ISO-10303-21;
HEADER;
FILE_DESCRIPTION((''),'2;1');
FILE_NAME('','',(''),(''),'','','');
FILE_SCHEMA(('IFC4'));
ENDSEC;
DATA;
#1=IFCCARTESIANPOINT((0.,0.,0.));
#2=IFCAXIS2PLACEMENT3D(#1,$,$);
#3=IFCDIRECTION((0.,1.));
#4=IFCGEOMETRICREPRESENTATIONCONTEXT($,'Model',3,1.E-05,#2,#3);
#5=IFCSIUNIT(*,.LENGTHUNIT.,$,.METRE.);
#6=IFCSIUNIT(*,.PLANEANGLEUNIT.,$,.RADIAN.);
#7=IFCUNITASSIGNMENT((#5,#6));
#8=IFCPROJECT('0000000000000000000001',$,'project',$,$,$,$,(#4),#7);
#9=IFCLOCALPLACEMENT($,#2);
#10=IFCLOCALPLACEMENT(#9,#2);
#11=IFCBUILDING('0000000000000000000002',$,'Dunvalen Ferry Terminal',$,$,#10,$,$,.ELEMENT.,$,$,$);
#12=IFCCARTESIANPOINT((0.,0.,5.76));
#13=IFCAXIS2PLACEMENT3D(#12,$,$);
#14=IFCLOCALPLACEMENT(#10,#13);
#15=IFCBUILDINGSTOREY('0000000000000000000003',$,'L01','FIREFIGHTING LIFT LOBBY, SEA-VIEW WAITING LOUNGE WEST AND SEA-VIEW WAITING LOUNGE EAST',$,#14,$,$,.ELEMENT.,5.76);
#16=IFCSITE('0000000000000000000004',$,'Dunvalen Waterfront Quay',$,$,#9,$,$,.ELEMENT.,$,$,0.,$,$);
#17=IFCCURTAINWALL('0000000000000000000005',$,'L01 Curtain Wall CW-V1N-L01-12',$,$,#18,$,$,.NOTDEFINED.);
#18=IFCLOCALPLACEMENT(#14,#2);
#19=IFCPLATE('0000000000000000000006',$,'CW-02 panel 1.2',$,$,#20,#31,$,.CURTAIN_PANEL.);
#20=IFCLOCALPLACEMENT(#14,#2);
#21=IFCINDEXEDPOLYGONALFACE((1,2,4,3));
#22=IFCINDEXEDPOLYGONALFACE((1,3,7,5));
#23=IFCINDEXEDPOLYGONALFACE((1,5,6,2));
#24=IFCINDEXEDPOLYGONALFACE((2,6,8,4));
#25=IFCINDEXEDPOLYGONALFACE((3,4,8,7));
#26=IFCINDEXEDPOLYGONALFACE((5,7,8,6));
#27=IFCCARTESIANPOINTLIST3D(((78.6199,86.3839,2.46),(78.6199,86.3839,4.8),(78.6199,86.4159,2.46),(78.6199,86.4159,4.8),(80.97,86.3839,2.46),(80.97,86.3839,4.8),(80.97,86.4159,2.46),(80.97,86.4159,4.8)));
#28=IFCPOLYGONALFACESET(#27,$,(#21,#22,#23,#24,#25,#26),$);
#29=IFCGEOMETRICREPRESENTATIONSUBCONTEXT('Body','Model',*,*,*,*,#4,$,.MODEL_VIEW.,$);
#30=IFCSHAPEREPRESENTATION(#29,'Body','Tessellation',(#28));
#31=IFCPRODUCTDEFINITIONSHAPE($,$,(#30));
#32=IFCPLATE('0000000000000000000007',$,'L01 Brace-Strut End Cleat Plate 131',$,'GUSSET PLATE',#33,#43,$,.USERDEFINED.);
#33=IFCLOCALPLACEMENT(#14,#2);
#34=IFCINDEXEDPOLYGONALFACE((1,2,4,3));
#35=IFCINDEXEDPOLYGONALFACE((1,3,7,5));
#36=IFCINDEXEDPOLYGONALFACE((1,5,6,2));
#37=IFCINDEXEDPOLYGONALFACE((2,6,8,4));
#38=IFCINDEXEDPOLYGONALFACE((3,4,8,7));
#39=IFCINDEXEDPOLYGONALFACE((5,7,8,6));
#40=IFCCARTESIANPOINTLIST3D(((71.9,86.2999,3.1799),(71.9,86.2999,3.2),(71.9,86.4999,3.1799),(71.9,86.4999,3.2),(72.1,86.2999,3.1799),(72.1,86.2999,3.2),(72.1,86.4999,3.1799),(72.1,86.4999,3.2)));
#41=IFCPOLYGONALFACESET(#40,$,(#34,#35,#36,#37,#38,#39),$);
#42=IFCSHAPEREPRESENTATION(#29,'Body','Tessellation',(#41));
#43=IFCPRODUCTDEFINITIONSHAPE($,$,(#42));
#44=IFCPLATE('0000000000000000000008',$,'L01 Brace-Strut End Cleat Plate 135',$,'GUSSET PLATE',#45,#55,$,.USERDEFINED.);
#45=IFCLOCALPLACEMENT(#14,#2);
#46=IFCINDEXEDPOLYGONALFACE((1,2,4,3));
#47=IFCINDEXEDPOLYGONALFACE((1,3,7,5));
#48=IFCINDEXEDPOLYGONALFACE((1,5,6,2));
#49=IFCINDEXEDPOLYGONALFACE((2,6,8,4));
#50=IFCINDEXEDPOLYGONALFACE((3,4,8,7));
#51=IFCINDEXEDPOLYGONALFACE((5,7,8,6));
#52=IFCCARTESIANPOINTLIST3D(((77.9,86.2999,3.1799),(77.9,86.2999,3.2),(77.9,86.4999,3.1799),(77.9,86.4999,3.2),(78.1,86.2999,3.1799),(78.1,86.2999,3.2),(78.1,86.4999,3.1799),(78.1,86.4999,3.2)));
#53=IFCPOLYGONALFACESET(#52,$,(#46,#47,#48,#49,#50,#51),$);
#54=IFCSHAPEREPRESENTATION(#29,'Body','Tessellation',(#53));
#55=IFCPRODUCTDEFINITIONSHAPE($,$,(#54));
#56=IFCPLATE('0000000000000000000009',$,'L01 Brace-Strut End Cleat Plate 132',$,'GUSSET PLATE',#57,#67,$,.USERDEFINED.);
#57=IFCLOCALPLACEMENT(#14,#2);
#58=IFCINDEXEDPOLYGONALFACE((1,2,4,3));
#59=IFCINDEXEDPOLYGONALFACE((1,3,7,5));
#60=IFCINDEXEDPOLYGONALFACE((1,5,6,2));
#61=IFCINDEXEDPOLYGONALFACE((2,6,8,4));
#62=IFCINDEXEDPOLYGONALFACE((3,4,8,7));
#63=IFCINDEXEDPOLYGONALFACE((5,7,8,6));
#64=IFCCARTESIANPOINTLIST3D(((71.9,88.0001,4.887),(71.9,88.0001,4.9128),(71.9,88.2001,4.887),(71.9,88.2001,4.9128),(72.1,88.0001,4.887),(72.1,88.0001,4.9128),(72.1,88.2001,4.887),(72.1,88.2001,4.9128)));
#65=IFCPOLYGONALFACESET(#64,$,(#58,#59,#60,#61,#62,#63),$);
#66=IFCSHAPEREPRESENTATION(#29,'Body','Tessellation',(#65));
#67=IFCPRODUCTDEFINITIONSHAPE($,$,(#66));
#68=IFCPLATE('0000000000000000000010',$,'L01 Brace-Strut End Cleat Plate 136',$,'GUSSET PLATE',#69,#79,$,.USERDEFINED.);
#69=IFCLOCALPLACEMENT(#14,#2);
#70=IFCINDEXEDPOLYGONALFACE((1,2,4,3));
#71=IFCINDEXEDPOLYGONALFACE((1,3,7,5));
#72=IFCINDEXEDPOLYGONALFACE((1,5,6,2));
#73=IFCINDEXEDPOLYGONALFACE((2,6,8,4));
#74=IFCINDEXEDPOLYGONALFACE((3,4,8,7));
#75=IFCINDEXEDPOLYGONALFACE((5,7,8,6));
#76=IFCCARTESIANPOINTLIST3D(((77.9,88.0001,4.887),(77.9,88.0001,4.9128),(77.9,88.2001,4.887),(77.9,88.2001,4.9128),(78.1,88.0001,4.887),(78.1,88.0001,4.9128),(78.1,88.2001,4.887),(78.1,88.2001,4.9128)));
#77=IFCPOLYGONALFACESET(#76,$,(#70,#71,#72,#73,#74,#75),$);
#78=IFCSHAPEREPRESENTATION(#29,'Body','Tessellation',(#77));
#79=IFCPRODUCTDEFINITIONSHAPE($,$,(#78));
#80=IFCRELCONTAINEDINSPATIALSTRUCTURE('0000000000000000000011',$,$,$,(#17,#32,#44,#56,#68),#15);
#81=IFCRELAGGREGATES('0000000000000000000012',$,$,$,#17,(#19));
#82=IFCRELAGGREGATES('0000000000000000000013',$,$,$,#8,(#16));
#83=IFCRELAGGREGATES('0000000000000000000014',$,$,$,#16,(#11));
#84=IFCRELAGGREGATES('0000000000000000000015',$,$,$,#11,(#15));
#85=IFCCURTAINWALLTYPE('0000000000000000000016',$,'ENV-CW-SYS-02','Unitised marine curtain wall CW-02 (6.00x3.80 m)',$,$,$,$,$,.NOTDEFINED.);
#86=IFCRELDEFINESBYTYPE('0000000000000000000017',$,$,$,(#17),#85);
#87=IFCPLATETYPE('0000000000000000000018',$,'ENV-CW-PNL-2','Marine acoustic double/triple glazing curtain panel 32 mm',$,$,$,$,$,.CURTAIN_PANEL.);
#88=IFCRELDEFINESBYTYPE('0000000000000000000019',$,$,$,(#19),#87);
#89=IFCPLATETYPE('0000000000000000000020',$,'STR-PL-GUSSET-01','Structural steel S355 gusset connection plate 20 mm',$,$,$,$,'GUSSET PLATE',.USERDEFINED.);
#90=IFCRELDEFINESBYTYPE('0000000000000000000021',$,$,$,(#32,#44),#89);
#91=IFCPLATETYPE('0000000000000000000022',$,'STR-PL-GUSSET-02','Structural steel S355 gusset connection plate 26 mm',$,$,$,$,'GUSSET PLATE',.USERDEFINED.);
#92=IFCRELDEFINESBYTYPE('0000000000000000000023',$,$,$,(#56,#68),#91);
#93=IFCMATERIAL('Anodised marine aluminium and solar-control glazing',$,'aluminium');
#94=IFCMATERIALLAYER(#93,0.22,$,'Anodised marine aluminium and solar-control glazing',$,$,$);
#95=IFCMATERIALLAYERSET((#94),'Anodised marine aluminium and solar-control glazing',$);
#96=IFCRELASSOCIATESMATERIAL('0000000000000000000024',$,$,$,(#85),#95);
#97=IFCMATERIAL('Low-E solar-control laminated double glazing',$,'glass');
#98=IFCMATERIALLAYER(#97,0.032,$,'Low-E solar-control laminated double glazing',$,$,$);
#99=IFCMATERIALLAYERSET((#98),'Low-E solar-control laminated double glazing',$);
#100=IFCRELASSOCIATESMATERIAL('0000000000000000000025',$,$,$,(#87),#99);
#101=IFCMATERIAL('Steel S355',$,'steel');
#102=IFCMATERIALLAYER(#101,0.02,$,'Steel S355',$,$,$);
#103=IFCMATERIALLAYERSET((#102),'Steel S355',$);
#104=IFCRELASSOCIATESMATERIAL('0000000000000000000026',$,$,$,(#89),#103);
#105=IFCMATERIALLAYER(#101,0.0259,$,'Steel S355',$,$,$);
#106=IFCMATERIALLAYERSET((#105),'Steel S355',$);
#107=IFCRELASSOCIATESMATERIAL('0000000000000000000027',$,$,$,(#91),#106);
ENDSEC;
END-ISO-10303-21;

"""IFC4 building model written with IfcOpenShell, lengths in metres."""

from ifc_helpers import new_model, si_unit, direction, frame, origin, origin_2d, place, context, subcontext, project, spatial, rectangle, extrude, material, layer, layer_set, type_object, element, aggregate, save


model = new_model("IFC4")

# Units and contexts
model_context = context("Model", 3, precision=1e-05, world=origin(), true_north=direction((0.0, 1.0)))
body_context = subcontext(model_context, "Body", "Model", "MODEL_VIEW")
ifc_project = project(units=[si_unit("LENGTHUNIT", "METRE"), si_unit("PLANEANGLEUNIT", "RADIAN")], contexts=[model_context])

# Site, building, storey
site_placement = place(None, origin())
site = spatial("IfcSite", under=ifc_project, at=site_placement, Name="Dunvalen Waterfront Quay", CompositionType="ELEMENT", RefElevation=0.0)
building_placement = place(site_placement, origin())
building = spatial("IfcBuilding", under=site, at=building_placement, Name="Dunvalen Ferry Terminal", CompositionType="ELEMENT")
storey_placement = place(building_placement, frame((0.0, 0.0, 5.76)))
storey = spatial("IfcBuildingStorey", under=building, at=storey_placement, Name="L01", Description="FIREFIGHTING LIFT LOBBY, SEA-VIEW WAITING LOUNGE WEST AND SEA-VIEW WAITING LOUNGE EAST", CompositionType="ELEMENT", Elevation=5.76)

# Curtain wall
ifc_material_1 = material(Name="Anodised marine aluminium and solar-control glazing", Category="aluminium")
ifc_layer_1 = layer(ifc_material_1, 0.22, Name="Anodised marine aluminium and solar-control glazing")
ifc_layer_set_1 = layer_set([ifc_layer_1], Name="Anodised marine aluminium and solar-control glazing")
curtain_wall_type = type_object("IfcCurtainWallType", Name="ENV-CW-SYS-02", Description="Unitised marine curtain wall CW-02 (6.00x3.80 m)", PredefinedType="NOTDEFINED", material=ifc_layer_set_1)
curtain_wall_1_placement = place(storey_placement, origin())
curtain_wall_1 = element("IfcCurtainWall", 1, at=curtain_wall_1_placement, inside=storey, type_object=curtain_wall_type, Name="L01 Curtain Wall CW-V1N-L01-12", PredefinedType="NOTDEFINED")

# Shared definitions
ifc_material_2 = material(Name="Steel S355", Category="steel")

# Plate
ifc_material_3 = material(Name="Low-E solar-control laminated double glazing", Category="glass")
ifc_layer_2 = layer(ifc_material_3, 0.032, Name="Low-E solar-control laminated double glazing")
ifc_layer_set_2 = layer_set([ifc_layer_2], Name="Low-E solar-control laminated double glazing")
plate_type_1 = type_object("IfcPlateType", Name="ENV-CW-PNL-2", Description="Marine acoustic double/triple glazing curtain panel 32 mm", PredefinedType="CURTAIN_PANEL", material=ifc_layer_set_2)
plate_1_placement = place(storey_placement, frame((79.7949, 86.3999, 2.46), z_axis=(0.0, 0.0, 1.0), x_axis=(1.0, 0.0, 0.0)))
plate_1 = element("IfcPlate", 2, at=plate_1_placement, type_object=plate_type_1, Name="CW-02 panel 1.2", PredefinedType="CURTAIN_PANEL", context=body_context, shape_type="SweptSolid", body=[
    extrude(rectangle(XDim=2.3501, YDim=0.032, at=origin_2d()), origin(), (0.0, 0.0, 1.0), 2.3401),
])
aggregate(curtain_wall_1, [plate_1])

# Plates
ifc_layer_3 = layer(ifc_material_2, 0.02, Name="Steel S355")
ifc_layer_set_3 = layer_set([ifc_layer_3], Name="Steel S355")
plate_type_2 = type_object("IfcPlateType", Name="STR-PL-GUSSET-01", Description="Structural steel S355 gusset connection plate 20 mm", ElementType="GUSSET PLATE", PredefinedType="USERDEFINED", material=ifc_layer_set_3)
for number, where, z_axis, x_axis, name in (
    (3, (72.0, 86.3999, 3.1799), (0.0, 0.0, 1.0), (1.0, 0.0, 0.0), "L01 Brace-Strut End Cleat Plate 131"),
    (4, (78.0, 86.3999, 3.1799), (0.0, 0.0, 1.0), (1.0, 0.0, 0.0), "L01 Brace-Strut End Cleat Plate 135"),
):
    element("IfcPlate", number, at=place(storey_placement, frame(where, z_axis=z_axis, x_axis=x_axis)), inside=storey, type_object=plate_type_2, Name=name, ObjectType="GUSSET PLATE", PredefinedType="USERDEFINED", context=body_context, shape_type="SweptSolid", body=[
        extrude(rectangle(XDim=0.2, YDim=0.2, at=origin_2d()), origin(), (0.0, 0.0, 1.0), 0.02),
    ])
ifc_layer_4 = layer(ifc_material_2, 0.0259, Name="Steel S355")
ifc_layer_set_4 = layer_set([ifc_layer_4], Name="Steel S355")
plate_type_3 = type_object("IfcPlateType", Name="STR-PL-GUSSET-02", Description="Structural steel S355 gusset connection plate 26 mm", ElementType="GUSSET PLATE", PredefinedType="USERDEFINED", material=ifc_layer_set_4)
for number, where, z_axis, x_axis, name in (
    (5, (72.0, 88.1001, 4.887), (0.0, 0.0, 1.0), (1.0, 0.0, 0.0), "L01 Brace-Strut End Cleat Plate 132"),
    (6, (78.0, 88.1001, 4.887), (0.0, 0.0, 1.0), (1.0, 0.0, 0.0), "L01 Brace-Strut End Cleat Plate 136"),
):
    element("IfcPlate", number, at=place(storey_placement, frame(where, z_axis=z_axis, x_axis=x_axis)), inside=storey, type_object=plate_type_3, Name=name, ObjectType="GUSSET PLATE", PredefinedType="USERDEFINED", context=body_context, shape_type="SweptSolid", body=[
        extrude(rectangle(XDim=0.2, YDim=0.2, at=origin_2d()), origin(), (0.0, 0.0, 1.0), 0.0259),
    ])

save(model, "model.ifc")
